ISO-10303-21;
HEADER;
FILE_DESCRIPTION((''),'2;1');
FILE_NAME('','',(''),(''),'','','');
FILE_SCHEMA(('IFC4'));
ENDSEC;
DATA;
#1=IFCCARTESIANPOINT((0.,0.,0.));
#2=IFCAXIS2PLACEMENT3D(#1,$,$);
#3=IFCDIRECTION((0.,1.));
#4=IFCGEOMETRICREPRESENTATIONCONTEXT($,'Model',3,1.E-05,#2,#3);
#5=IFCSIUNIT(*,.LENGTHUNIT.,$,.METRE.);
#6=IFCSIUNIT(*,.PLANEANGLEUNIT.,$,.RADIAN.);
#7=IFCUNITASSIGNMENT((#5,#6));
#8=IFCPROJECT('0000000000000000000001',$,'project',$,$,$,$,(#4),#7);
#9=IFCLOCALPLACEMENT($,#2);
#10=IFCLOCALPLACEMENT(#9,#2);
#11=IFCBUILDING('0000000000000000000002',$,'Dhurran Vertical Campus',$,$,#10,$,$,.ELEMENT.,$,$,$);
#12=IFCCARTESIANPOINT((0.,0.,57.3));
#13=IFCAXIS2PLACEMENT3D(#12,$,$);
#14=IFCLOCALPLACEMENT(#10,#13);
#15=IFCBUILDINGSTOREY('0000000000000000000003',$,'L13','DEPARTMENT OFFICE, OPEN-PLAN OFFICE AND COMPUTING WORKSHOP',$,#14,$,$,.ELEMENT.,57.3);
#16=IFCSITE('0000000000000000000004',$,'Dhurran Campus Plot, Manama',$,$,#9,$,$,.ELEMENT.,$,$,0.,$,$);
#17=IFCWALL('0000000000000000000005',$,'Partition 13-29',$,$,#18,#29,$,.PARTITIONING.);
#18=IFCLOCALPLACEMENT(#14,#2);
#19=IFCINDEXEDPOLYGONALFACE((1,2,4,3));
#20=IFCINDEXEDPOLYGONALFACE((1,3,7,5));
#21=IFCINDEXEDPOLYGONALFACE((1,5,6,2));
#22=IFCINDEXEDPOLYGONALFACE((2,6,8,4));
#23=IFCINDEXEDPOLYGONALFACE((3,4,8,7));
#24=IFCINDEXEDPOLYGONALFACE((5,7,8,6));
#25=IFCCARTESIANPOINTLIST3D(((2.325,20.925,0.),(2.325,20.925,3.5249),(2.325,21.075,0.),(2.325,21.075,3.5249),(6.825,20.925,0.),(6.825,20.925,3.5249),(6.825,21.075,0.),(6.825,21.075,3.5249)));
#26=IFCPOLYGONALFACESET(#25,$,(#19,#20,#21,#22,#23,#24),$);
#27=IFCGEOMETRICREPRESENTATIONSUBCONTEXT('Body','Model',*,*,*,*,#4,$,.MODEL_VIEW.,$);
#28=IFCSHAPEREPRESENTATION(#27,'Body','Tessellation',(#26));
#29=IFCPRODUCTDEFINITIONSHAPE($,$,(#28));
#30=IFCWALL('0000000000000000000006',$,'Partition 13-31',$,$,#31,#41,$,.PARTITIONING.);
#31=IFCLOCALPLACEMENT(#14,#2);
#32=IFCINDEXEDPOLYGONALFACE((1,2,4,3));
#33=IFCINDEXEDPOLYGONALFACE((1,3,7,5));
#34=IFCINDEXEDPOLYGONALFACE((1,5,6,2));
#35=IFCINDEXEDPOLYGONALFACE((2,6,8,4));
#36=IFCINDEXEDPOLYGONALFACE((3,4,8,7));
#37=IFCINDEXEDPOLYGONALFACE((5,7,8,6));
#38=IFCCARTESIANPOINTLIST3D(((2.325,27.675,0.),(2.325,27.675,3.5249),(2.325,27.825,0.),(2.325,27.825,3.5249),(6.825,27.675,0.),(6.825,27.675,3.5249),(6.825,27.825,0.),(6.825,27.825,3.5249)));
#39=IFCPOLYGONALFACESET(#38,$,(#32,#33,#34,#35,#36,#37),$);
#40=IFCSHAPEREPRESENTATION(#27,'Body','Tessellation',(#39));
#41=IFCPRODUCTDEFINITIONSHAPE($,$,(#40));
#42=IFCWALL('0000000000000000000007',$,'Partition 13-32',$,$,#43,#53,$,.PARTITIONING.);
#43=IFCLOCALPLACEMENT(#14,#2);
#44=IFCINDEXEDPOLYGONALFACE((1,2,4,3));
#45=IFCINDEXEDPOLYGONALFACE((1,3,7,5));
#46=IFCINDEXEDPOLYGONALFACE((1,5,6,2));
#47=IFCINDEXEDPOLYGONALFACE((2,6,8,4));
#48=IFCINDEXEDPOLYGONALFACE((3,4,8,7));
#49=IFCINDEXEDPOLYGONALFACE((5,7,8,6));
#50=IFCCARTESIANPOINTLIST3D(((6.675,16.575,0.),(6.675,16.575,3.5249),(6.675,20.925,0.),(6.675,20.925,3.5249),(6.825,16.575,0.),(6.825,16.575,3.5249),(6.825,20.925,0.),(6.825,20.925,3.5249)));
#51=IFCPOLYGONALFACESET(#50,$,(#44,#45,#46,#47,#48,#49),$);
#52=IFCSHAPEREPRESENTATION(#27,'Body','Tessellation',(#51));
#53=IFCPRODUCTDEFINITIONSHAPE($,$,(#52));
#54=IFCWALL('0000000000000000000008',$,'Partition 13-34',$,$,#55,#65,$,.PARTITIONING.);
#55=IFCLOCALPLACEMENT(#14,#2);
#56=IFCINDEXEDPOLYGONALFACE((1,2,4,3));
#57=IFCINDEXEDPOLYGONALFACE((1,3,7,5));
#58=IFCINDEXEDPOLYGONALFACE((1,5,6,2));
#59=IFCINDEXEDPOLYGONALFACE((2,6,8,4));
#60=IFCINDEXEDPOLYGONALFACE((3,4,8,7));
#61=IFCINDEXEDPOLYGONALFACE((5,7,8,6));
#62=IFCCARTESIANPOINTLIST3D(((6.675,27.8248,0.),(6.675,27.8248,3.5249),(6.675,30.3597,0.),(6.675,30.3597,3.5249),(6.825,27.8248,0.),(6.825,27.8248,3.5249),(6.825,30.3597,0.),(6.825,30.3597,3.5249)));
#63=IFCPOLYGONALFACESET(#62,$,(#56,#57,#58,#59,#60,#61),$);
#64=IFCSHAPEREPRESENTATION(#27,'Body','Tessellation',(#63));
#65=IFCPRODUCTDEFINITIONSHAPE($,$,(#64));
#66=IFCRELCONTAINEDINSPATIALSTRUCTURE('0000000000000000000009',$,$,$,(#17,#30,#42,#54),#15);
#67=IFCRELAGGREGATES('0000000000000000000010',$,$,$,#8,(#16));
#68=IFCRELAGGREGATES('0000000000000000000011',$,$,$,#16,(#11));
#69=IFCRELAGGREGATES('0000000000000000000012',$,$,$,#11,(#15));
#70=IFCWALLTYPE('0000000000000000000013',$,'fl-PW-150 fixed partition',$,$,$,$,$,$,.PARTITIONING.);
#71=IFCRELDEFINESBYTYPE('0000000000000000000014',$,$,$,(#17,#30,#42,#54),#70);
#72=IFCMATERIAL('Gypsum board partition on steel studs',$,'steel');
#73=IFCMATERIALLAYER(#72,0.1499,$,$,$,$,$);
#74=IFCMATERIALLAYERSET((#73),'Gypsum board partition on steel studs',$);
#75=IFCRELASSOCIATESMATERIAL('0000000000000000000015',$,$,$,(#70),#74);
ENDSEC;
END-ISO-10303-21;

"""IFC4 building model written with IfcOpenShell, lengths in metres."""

from ifc_helpers import new_model, si_unit, direction, frame, frame_2d, origin, place, context, subcontext, project, spatial, rectangle, extrude, material, layer, layer_set, type_object, element, save


model = new_model("IFC4")

# Units and contexts
model_context = context("Model", 3, precision=1e-05, world=origin(), true_north=direction((0.0, 1.0)))
body_context = subcontext(model_context, "Body", "Model", "MODEL_VIEW")
ifc_project = project(units=[si_unit("LENGTHUNIT", "METRE"), si_unit("PLANEANGLEUNIT", "RADIAN")], contexts=[model_context])

# Site, building, storey
site_placement = place(None, origin())
site = spatial("IfcSite", under=ifc_project, at=site_placement, Name="Dhurran Campus Plot, Manama", CompositionType="ELEMENT", RefElevation=0.0)
building_placement = place(site_placement, origin())
building = spatial("IfcBuilding", under=site, at=building_placement, Name="Dhurran Vertical Campus", CompositionType="ELEMENT")
storey_placement = place(building_placement, frame((0.0, 0.0, 57.3)))
storey = spatial("IfcBuildingStorey", under=building, at=storey_placement, Name="L13", Description="DEPARTMENT OFFICE, OPEN-PLAN OFFICE AND COMPUTING WORKSHOP", CompositionType="ELEMENT", Elevation=57.3)

# Walls
ifc_material_1 = material(Name="Gypsum board partition on steel studs", Category="steel")
ifc_layer_1 = layer(ifc_material_1, 0.1499)
ifc_layer_set_1 = layer_set([ifc_layer_1], Name="Gypsum board partition on steel studs")
wall_type_1 = type_object("IfcWallType", Name="fl-PW-150 fixed partition", PredefinedType="PARTITIONING", material=ifc_layer_set_1)
for number, where, z_axis, x_axis, name in (
    (1, (2.325, 21.0, 0.0), (0.0, 0.0, 1.0), (1.0, 0.0, 0.0), "Partition 13-29"),
    (2, (6.825, 27.75, 0.0), (0.0, 0.0, 1.0), (-1.0, 0.0, 0.0), "Partition 13-31"),
):
    element("IfcWall", number, at=place(storey_placement, frame(where, z_axis=z_axis, x_axis=x_axis)), inside=storey, type_object=wall_type_1, Name=name, PredefinedType="PARTITIONING", context=body_context, shape_type="SweptSolid", body=[
        extrude(rectangle(XDim=4.5, YDim=0.1499, at=frame_2d((2.25, 0.0))), origin(), (0.0, 0.0, 1.0), 3.5249),
    ])
wall_1_placement = place(storey_placement, frame((6.75, 20.925, 0.0), z_axis=(0.0, 0.0, 1.0), x_axis=(0.0, -1.0, 0.0)))
element("IfcWall", 3, at=wall_1_placement, inside=storey, type_object=wall_type_1, Name="Partition 13-32", PredefinedType="PARTITIONING", context=body_context, shape_type="SweptSolid", body=[
    extrude(rectangle(XDim=4.3501, YDim=0.1499, at=frame_2d((2.175, 0.0))), origin(), (0.0, 0.0, 1.0), 3.5249),
])
wall_2_placement = place(storey_placement, frame((6.75, 30.3599, 0.0), z_axis=(0.0, 0.0, 1.0), x_axis=(0.0, -1.0, 0.0)))
element("IfcWall", 4, at=wall_2_placement, inside=storey, type_object=wall_type_1, Name="Partition 13-34", PredefinedType="PARTITIONING", context=body_context, shape_type="SweptSolid", body=[
    extrude(rectangle(XDim=2.5349, YDim=0.1499, at=frame_2d((1.2676, 0.0))), origin(), (0.0, 0.0, 1.0), 3.5249),
])

save(model, "model.ifc")
